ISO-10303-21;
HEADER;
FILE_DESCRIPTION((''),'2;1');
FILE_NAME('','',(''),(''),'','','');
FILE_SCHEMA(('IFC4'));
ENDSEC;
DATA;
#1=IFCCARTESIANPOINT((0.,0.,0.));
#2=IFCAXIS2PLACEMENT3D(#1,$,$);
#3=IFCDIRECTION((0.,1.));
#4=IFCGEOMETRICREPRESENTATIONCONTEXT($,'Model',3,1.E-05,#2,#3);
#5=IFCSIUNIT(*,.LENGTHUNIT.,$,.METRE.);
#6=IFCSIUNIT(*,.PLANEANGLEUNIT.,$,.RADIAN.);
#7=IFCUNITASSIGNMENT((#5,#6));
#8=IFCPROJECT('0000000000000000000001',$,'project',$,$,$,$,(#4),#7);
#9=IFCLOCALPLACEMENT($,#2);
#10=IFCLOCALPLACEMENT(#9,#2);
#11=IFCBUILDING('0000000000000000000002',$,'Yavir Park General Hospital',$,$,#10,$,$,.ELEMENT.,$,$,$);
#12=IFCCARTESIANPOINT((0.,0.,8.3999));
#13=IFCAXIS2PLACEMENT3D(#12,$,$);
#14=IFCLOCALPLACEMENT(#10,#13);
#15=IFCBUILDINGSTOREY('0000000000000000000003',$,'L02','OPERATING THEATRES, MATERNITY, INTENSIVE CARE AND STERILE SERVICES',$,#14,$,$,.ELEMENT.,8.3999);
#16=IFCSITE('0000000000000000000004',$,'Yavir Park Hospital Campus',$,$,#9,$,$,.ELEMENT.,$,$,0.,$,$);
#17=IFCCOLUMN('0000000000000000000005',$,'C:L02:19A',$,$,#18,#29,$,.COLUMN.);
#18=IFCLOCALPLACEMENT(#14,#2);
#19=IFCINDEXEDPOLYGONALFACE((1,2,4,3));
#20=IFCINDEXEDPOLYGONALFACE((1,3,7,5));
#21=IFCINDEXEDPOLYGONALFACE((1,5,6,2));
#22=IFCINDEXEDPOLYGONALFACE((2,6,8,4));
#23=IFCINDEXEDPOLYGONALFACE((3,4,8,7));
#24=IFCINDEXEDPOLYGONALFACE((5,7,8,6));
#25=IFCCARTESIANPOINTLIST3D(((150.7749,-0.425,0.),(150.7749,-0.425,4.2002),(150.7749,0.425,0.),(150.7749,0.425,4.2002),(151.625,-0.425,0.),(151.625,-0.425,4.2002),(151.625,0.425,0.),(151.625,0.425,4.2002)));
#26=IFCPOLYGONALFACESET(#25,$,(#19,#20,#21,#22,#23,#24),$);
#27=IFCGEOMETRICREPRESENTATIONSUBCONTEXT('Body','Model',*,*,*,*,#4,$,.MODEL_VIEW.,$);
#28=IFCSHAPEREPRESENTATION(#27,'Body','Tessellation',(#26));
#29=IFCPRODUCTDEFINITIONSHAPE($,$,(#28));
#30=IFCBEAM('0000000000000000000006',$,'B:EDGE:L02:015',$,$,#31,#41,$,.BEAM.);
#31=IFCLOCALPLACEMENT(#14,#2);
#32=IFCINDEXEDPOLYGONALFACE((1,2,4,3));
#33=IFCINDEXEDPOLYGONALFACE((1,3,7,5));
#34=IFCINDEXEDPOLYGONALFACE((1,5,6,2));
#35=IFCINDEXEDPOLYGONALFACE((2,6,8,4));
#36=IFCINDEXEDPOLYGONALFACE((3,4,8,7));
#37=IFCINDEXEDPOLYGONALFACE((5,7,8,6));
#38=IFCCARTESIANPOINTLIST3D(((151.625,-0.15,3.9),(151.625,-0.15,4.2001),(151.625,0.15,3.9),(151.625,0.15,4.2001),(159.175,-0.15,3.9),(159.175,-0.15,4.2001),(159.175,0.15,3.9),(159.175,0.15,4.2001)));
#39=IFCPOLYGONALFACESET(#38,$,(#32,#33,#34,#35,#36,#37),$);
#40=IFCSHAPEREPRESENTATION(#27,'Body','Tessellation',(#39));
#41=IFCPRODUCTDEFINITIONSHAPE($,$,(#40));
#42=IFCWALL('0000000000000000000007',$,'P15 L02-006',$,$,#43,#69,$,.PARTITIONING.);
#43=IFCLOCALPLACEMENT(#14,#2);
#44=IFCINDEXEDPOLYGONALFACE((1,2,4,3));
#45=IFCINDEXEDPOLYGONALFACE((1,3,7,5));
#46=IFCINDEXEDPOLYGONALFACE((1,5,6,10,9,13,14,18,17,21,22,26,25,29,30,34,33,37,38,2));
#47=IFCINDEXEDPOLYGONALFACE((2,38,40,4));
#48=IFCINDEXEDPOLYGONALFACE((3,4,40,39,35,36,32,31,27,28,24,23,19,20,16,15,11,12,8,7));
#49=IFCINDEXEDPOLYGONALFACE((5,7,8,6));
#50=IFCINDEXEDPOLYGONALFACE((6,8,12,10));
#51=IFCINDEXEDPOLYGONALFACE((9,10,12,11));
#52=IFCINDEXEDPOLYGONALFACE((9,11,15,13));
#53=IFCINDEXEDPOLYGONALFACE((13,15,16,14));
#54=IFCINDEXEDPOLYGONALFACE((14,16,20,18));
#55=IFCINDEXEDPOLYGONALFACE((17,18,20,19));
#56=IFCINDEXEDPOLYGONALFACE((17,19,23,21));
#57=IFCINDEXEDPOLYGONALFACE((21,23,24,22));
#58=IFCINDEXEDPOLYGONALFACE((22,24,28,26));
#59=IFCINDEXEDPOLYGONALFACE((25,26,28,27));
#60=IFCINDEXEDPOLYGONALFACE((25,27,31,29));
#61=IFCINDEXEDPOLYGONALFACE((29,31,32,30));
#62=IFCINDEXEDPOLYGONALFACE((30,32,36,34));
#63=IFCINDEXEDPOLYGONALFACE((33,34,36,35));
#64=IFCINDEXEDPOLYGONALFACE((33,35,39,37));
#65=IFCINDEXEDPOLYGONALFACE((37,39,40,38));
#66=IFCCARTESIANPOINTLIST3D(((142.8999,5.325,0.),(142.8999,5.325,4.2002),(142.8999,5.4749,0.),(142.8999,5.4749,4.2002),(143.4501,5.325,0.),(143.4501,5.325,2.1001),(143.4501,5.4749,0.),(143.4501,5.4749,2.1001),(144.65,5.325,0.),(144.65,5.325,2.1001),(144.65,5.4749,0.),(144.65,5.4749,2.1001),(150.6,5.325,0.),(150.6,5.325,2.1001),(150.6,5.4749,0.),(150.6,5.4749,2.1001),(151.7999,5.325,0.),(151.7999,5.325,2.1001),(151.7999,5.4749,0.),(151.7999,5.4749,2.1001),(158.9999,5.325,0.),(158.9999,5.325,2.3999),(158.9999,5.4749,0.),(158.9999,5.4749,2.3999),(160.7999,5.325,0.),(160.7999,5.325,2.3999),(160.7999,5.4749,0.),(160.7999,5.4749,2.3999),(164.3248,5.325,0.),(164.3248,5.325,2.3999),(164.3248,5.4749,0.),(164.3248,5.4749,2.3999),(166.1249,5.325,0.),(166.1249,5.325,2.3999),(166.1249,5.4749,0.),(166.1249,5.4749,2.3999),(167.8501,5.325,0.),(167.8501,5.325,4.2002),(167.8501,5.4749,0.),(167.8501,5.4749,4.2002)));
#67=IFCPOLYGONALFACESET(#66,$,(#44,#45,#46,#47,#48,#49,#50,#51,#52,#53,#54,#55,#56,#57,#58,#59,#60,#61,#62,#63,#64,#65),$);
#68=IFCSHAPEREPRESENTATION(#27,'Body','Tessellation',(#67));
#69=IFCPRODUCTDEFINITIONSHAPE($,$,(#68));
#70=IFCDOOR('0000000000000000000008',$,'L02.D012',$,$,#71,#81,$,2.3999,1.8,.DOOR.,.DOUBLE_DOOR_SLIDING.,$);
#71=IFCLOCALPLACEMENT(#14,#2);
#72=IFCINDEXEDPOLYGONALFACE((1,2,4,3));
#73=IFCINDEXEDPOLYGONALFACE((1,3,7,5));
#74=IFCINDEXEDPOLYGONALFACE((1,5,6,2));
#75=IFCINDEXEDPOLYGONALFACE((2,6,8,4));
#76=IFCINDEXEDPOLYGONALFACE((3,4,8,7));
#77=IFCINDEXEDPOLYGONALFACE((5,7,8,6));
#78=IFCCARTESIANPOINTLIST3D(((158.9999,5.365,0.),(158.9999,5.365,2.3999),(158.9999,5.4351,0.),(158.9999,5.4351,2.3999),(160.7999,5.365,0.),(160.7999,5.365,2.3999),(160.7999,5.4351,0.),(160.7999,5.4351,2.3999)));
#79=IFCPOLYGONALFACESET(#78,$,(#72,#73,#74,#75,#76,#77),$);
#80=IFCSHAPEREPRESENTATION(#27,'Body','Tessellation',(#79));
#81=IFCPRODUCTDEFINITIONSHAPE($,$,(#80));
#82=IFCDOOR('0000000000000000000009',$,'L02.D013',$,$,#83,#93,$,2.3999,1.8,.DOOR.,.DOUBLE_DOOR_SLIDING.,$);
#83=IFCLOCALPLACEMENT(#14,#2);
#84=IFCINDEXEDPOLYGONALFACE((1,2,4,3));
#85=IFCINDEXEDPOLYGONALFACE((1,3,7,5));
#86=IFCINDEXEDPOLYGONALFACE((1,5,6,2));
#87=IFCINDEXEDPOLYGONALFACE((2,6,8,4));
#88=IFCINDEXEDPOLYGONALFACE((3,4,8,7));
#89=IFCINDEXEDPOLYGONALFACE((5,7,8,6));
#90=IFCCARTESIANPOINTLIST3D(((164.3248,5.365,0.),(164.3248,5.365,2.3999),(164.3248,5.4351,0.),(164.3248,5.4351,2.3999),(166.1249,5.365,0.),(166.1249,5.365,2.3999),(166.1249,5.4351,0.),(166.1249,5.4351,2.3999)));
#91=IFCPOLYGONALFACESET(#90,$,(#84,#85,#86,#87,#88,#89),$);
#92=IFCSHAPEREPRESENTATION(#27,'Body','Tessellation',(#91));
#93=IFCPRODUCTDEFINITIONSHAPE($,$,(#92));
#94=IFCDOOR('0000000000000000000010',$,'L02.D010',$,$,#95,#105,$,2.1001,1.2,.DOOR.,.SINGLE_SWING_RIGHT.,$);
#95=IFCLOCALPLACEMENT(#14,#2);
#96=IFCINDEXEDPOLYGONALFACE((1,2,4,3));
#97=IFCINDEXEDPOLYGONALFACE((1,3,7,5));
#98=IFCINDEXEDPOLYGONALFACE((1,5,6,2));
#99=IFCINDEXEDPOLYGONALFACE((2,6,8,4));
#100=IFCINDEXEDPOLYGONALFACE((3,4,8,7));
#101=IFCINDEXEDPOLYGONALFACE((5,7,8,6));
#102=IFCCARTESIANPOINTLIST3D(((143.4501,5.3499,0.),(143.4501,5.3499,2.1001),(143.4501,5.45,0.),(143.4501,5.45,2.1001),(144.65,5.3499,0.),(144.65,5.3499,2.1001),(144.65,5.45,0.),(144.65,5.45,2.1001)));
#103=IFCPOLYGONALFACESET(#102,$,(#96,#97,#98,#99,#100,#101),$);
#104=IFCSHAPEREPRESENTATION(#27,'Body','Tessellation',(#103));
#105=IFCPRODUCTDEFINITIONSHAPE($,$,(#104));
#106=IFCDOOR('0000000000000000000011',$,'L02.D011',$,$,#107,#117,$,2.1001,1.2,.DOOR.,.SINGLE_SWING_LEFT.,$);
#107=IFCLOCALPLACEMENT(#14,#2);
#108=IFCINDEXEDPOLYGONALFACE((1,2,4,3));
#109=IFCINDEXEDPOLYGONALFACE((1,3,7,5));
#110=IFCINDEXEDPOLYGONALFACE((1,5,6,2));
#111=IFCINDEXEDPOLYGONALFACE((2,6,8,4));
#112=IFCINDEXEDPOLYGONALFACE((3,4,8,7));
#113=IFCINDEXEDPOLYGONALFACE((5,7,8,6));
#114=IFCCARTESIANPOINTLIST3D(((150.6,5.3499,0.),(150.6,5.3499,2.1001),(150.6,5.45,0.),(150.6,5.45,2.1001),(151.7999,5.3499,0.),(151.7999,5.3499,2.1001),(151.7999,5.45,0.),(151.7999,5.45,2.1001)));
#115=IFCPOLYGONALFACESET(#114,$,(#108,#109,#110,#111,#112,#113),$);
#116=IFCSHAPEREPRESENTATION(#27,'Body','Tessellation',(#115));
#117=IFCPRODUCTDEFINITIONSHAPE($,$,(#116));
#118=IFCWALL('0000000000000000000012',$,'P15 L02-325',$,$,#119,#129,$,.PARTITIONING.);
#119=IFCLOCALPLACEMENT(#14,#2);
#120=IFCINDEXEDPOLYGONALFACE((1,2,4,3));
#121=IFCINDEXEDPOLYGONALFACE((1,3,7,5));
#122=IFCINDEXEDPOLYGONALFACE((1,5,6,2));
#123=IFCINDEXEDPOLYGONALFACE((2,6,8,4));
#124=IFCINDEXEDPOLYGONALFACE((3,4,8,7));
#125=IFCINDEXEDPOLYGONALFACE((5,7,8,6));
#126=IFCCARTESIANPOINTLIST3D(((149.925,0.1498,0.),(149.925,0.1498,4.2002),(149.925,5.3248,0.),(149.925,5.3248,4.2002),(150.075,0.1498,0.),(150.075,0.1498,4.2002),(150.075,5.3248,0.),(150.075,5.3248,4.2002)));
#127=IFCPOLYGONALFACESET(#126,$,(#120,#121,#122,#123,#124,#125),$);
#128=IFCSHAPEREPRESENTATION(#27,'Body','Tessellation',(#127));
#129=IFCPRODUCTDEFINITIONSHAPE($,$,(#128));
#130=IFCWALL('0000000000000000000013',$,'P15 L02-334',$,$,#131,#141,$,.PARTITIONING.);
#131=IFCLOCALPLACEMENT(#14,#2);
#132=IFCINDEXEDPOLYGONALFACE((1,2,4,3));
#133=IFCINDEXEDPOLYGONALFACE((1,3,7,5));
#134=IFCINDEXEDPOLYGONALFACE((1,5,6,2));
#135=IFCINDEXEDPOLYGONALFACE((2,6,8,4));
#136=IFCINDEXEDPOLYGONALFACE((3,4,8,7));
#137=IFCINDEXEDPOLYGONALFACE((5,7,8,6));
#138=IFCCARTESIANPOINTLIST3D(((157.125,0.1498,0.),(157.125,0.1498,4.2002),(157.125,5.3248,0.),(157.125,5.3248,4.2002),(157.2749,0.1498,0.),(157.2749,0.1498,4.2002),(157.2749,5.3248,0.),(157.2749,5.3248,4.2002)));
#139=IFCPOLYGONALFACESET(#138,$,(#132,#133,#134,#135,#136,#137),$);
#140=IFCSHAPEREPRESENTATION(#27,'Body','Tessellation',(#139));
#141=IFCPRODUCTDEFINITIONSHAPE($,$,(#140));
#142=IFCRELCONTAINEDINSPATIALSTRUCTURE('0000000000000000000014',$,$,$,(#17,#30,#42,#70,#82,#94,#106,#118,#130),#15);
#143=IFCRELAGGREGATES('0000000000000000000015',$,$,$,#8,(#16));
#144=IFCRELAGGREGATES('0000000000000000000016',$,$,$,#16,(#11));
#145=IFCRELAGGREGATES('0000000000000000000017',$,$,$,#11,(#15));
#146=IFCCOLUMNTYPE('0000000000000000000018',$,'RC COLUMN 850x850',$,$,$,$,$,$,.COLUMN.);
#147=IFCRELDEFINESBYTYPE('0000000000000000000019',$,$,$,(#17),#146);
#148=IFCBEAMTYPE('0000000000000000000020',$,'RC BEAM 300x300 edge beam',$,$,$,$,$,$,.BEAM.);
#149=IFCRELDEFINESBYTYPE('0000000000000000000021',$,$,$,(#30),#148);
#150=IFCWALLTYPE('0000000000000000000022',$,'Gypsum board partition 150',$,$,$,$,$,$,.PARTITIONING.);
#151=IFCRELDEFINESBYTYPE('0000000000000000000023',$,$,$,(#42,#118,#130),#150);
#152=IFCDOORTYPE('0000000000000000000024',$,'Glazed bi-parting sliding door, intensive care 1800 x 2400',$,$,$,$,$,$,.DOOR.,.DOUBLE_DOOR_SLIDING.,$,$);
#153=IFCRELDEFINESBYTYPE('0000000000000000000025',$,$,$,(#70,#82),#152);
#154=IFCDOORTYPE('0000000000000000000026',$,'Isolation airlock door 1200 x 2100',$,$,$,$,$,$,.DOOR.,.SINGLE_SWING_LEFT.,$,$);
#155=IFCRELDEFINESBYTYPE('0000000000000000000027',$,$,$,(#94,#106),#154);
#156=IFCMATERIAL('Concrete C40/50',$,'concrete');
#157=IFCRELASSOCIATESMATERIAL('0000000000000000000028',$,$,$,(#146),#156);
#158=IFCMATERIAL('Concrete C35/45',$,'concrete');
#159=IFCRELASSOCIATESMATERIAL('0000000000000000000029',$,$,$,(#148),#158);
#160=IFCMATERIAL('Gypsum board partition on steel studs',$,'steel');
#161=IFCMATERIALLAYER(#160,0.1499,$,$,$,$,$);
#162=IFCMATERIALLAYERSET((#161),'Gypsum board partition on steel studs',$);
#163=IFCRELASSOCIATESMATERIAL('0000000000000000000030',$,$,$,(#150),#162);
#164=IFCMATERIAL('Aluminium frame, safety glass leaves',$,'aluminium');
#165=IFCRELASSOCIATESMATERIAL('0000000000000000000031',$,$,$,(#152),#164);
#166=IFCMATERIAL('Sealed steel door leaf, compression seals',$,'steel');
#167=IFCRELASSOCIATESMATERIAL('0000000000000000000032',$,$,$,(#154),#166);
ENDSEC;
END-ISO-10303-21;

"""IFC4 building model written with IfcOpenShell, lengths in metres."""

from ifc_helpers import new_model, si_unit, direction, frame, frame_2d, origin, origin_2d, place, context, subcontext, project, spatial, rectangle, extrude, material, layer, layer_set, material_profile, profile_set, type_object, element, fill, save


model = new_model("IFC4")

# Units and contexts
model_context = context("Model", 3, precision=1e-05, world=origin(), true_north=direction((0.0, 1.0)))
body_context = subcontext(model_context, "Body", "Model", "MODEL_VIEW")
ifc_project = project(units=[si_unit("LENGTHUNIT", "METRE"), si_unit("PLANEANGLEUNIT", "RADIAN")], contexts=[model_context])

# Site, building, storey
site_placement = place(None, origin())
site = spatial("IfcSite", under=ifc_project, at=site_placement, Name="Yavir Park Hospital Campus", CompositionType="ELEMENT", RefElevation=0.0)
building_placement = place(site_placement, origin())
building = spatial("IfcBuilding", under=site, at=building_placement, Name="Yavir Park General Hospital", CompositionType="ELEMENT")
storey_placement = place(building_placement, frame((0.0, 0.0, 8.3999)))
storey = spatial("IfcBuildingStorey", under=building, at=storey_placement, Name="L02", Description="OPERATING THEATRES, MATERNITY, INTENSIVE CARE AND STERILE SERVICES", CompositionType="ELEMENT", Elevation=8.3999)

# Column
ifc_material_1 = material(Name="Concrete C40/50", Category="concrete")
ifc_material_profile_1 = material_profile(ifc_material_1, rectangle(XDim=0.8501, YDim=0.8501, at=origin_2d()), Name="RC850x850")
ifc_profile_set_1 = profile_set([ifc_material_profile_1], Name="Concrete C40/50")
column_type = type_object("IfcColumnType", Name="RC COLUMN 850x850", PredefinedType="COLUMN", material=ifc_profile_set_1)
column_placement = place(storey_placement, frame((151.2, 0.0, 0.0), z_axis=(0.0, 0.0, 1.0), x_axis=(1.0, 0.0, 0.0)))
element("IfcColumn", 1, at=column_placement, inside=storey, type_object=column_type, Name="C:L02:19A", PredefinedType="COLUMN", context=body_context, shape_type="SweptSolid", body=[
    extrude(rectangle(XDim=0.8501, YDim=0.8501, at=origin_2d()), origin(), (0.0, 0.0, 1.0), 4.2002),
])

# Beam
ifc_material_2 = material(Name="Concrete C35/45", Category="concrete")
ifc_material_profile_2 = material_profile(ifc_material_2, rectangle(XDim=0.3, YDim=0.3, at=origin_2d()), Name="RC300x300")
ifc_profile_set_2 = profile_set([ifc_material_profile_2], Name="Concrete C35/45")
beam_type = type_object("IfcBeamType", Name="RC BEAM 300x300 edge beam", PredefinedType="BEAM", material=ifc_profile_set_2)
beam_placement = place(storey_placement, frame((151.625, 0.0, 4.05), z_axis=(1.0, 0.0, 0.0), x_axis=(0.0, 1.0, 0.0)))
element("IfcBeam", 2, at=beam_placement, inside=storey, type_object=beam_type, Name="B:EDGE:L02:015", PredefinedType="BEAM", context=body_context, shape_type="SweptSolid", body=[
    extrude(rectangle(XDim=0.3, YDim=0.3, at=origin_2d()), origin(), (0.0, 0.0, 1.0), 7.55),
])

# Wall, openings, doors
ifc_material_3 = material(Name="Gypsum board partition on steel studs", Category="steel")
ifc_layer_1 = layer(ifc_material_3, 0.1499)
ifc_layer_set_1 = layer_set([ifc_layer_1], Name="Gypsum board partition on steel studs")
wall_type_1 = type_object("IfcWallType", Name="Gypsum board partition 150", PredefinedType="PARTITIONING", material=ifc_layer_set_1)
wall_1_placement = place(storey_placement, frame((142.8999, 5.3999, 0.0), z_axis=(0.0, 0.0, 1.0), x_axis=(1.0, 0.0, 0.0)))
wall_1 = element("IfcWall", 3, at=wall_1_placement, inside=storey, type_object=wall_type_1, Name="P15 L02-006", PredefinedType="PARTITIONING", context=body_context, shape_type="SweptSolid", body=[
    extrude(rectangle(XDim=24.9502, YDim=0.1499, at=frame_2d((12.4751, 0.0))), origin(), (0.0, 0.0, 1.0), 4.2002),
])
opening_1_placement = place(wall_1_placement, frame((0.55, 0.0, 0.0)))
opening_1 = element("IfcOpeningElement", 4, at=opening_1_placement, cuts=wall_1, PredefinedType="OPENING", context=body_context, shape_type="SweptSolid", body=[
    extrude(rectangle(XDim=1.2, YDim=2.1001, at=frame_2d((0.6001, 1.05))), frame((0.0, 0.085, 0.0), z_axis=(0.0, -1.0, 0.0), x_axis=(1.0, 0.0, 0.0)), (0.0, 0.0, 1.0), 0.1699),
])
opening_2_placement = place(wall_1_placement, frame((7.7, 0.0, 0.0)))
opening_2 = element("IfcOpeningElement", 5, at=opening_2_placement, cuts=wall_1, PredefinedType="OPENING", context=body_context, shape_type="SweptSolid", body=[
    extrude(rectangle(XDim=1.2, YDim=2.1001, at=frame_2d((0.6001, 1.05))), frame((0.0, 0.085, 0.0), z_axis=(0.0, -1.0, 0.0), x_axis=(1.0, 0.0, 0.0)), (0.0, 0.0, 1.0), 0.1699),
])
opening_3_placement = place(wall_1_placement, frame((16.1001, 0.0, 0.0)))
opening_3 = element("IfcOpeningElement", 6, at=opening_3_placement, cuts=wall_1, PredefinedType="OPENING", context=body_context, shape_type="SweptSolid", body=[
    extrude(rectangle(XDim=1.8, YDim=2.3999, at=frame_2d((0.8999, 1.2))), frame((0.0, 0.085, 0.0), z_axis=(0.0, -1.0, 0.0), x_axis=(1.0, 0.0, 0.0)), (0.0, 0.0, 1.0), 0.1699),
])
opening_4_placement = place(wall_1_placement, frame((21.425, 0.0, 0.0)))
opening_4 = element("IfcOpeningElement", 7, at=opening_4_placement, cuts=wall_1, PredefinedType="OPENING", context=body_context, shape_type="SweptSolid", body=[
    extrude(rectangle(XDim=1.8, YDim=2.3999, at=frame_2d((0.8999, 1.2))), frame((0.0, 0.085, 0.0), z_axis=(0.0, -1.0, 0.0), x_axis=(1.0, 0.0, 0.0)), (0.0, 0.0, 1.0), 0.1699),
])
ifc_material_4 = material(Name="Aluminium frame, safety glass leaves", Category="aluminium")
door_type_1 = type_object("IfcDoorType", Name="Glazed bi-parting sliding door, intensive care 1800 x 2400", OperationType="DOUBLE_DOOR_SLIDING", PredefinedType="DOOR", material=ifc_material_4)
door_1_placement = place(opening_3_placement, origin())
door_1 = element("IfcDoor", 8, at=door_1_placement, inside=storey, type_object=door_type_1, Name="L02.D012", OperationType="DOUBLE_DOOR_SLIDING", OverallHeight=2.3999, OverallWidth=1.8, PredefinedType="DOOR", context=body_context, shape_type="SweptSolid", body=[
    extrude(rectangle(XDim=1.8, YDim=2.3999, at=frame_2d((0.8999, 1.2))), frame((0.0, 0.0352, 0.0), z_axis=(0.0, -1.0, 0.0), x_axis=(1.0, 0.0, 0.0)), (0.0, 0.0, 1.0), 0.0701),
])
fill(opening_3, door_1)
door_2_placement = place(opening_4_placement, origin())
door_2 = element("IfcDoor", 9, at=door_2_placement, inside=storey, type_object=door_type_1, Name="L02.D013", OperationType="DOUBLE_DOOR_SLIDING", OverallHeight=2.3999, OverallWidth=1.8, PredefinedType="DOOR", context=body_context, shape_type="SweptSolid", body=[
    extrude(rectangle(XDim=1.8, YDim=2.3999, at=frame_2d((0.8999, 1.2))), frame((0.0, 0.0352, 0.0), z_axis=(0.0, -1.0, 0.0), x_axis=(1.0, 0.0, 0.0)), (0.0, 0.0, 1.0), 0.0701),
])
fill(opening_4, door_2)
ifc_material_5 = material(Name="Sealed steel door leaf, compression seals", Category="steel")
door_type_2 = type_object("IfcDoorType", Name="Isolation airlock door 1200 x 2100", OperationType="SINGLE_SWING_LEFT", PredefinedType="DOOR", material=ifc_material_5)
door_3_placement = place(opening_1_placement, origin())
door_3 = element("IfcDoor", 10, at=door_3_placement, inside=storey, type_object=door_type_2, Name="L02.D010", OperationType="SINGLE_SWING_RIGHT", OverallHeight=2.1001, OverallWidth=1.2, PredefinedType="DOOR", context=body_context, shape_type="SweptSolid", body=[
    extrude(rectangle(XDim=1.2, YDim=2.1001, at=frame_2d((0.6001, 1.05))), frame((0.0, 0.05, 0.0), z_axis=(0.0, -1.0, 0.0), x_axis=(1.0, 0.0, 0.0)), (0.0, 0.0, 1.0), 0.1001),
])
fill(opening_1, door_3)
door_4_placement = place(opening_2_placement, origin())
door_4 = element("IfcDoor", 11, at=door_4_placement, inside=storey, type_object=door_type_2, Name="L02.D011", OperationType="SINGLE_SWING_LEFT", OverallHeight=2.1001, OverallWidth=1.2, PredefinedType="DOOR", context=body_context, shape_type="SweptSolid", body=[
    extrude(rectangle(XDim=1.2, YDim=2.1001, at=frame_2d((0.6001, 1.05))), frame((0.0, 0.05, 0.0), z_axis=(0.0, -1.0, 0.0), x_axis=(1.0, 0.0, 0.0)), (0.0, 0.0, 1.0), 0.1001),
])
fill(opening_2, door_4)

# Wall
wall_2_placement = place(storey_placement, frame((150.0, 0.1499, 0.0), z_axis=(0.0, 0.0, 1.0), x_axis=(0.0, 1.0, 0.0)))
element("IfcWall", 12, at=wall_2_placement, inside=storey, type_object=wall_type_1, Name="P15 L02-325", PredefinedType="PARTITIONING", context=body_context, shape_type="SweptSolid", body=[
    extrude(rectangle(XDim=5.175, YDim=0.1499, at=frame_2d((2.5874, 0.0))), origin(), (0.0, 0.0, 1.0), 4.2002),
])

# Wall
wall_3_placement = place(storey_placement, frame((157.2, 0.1499, 0.0), z_axis=(0.0, 0.0, 1.0), x_axis=(0.0, 1.0, 0.0)))
element("IfcWall", 13, at=wall_3_placement, inside=storey, type_object=wall_type_1, Name="P15 L02-334", PredefinedType="PARTITIONING", context=body_context, shape_type="SweptSolid", body=[
    extrude(rectangle(XDim=5.175, YDim=0.1499, at=frame_2d((2.5874, 0.0))), origin(), (0.0, 0.0, 1.0), 4.2002),
])

save(model, "model.ifc")
